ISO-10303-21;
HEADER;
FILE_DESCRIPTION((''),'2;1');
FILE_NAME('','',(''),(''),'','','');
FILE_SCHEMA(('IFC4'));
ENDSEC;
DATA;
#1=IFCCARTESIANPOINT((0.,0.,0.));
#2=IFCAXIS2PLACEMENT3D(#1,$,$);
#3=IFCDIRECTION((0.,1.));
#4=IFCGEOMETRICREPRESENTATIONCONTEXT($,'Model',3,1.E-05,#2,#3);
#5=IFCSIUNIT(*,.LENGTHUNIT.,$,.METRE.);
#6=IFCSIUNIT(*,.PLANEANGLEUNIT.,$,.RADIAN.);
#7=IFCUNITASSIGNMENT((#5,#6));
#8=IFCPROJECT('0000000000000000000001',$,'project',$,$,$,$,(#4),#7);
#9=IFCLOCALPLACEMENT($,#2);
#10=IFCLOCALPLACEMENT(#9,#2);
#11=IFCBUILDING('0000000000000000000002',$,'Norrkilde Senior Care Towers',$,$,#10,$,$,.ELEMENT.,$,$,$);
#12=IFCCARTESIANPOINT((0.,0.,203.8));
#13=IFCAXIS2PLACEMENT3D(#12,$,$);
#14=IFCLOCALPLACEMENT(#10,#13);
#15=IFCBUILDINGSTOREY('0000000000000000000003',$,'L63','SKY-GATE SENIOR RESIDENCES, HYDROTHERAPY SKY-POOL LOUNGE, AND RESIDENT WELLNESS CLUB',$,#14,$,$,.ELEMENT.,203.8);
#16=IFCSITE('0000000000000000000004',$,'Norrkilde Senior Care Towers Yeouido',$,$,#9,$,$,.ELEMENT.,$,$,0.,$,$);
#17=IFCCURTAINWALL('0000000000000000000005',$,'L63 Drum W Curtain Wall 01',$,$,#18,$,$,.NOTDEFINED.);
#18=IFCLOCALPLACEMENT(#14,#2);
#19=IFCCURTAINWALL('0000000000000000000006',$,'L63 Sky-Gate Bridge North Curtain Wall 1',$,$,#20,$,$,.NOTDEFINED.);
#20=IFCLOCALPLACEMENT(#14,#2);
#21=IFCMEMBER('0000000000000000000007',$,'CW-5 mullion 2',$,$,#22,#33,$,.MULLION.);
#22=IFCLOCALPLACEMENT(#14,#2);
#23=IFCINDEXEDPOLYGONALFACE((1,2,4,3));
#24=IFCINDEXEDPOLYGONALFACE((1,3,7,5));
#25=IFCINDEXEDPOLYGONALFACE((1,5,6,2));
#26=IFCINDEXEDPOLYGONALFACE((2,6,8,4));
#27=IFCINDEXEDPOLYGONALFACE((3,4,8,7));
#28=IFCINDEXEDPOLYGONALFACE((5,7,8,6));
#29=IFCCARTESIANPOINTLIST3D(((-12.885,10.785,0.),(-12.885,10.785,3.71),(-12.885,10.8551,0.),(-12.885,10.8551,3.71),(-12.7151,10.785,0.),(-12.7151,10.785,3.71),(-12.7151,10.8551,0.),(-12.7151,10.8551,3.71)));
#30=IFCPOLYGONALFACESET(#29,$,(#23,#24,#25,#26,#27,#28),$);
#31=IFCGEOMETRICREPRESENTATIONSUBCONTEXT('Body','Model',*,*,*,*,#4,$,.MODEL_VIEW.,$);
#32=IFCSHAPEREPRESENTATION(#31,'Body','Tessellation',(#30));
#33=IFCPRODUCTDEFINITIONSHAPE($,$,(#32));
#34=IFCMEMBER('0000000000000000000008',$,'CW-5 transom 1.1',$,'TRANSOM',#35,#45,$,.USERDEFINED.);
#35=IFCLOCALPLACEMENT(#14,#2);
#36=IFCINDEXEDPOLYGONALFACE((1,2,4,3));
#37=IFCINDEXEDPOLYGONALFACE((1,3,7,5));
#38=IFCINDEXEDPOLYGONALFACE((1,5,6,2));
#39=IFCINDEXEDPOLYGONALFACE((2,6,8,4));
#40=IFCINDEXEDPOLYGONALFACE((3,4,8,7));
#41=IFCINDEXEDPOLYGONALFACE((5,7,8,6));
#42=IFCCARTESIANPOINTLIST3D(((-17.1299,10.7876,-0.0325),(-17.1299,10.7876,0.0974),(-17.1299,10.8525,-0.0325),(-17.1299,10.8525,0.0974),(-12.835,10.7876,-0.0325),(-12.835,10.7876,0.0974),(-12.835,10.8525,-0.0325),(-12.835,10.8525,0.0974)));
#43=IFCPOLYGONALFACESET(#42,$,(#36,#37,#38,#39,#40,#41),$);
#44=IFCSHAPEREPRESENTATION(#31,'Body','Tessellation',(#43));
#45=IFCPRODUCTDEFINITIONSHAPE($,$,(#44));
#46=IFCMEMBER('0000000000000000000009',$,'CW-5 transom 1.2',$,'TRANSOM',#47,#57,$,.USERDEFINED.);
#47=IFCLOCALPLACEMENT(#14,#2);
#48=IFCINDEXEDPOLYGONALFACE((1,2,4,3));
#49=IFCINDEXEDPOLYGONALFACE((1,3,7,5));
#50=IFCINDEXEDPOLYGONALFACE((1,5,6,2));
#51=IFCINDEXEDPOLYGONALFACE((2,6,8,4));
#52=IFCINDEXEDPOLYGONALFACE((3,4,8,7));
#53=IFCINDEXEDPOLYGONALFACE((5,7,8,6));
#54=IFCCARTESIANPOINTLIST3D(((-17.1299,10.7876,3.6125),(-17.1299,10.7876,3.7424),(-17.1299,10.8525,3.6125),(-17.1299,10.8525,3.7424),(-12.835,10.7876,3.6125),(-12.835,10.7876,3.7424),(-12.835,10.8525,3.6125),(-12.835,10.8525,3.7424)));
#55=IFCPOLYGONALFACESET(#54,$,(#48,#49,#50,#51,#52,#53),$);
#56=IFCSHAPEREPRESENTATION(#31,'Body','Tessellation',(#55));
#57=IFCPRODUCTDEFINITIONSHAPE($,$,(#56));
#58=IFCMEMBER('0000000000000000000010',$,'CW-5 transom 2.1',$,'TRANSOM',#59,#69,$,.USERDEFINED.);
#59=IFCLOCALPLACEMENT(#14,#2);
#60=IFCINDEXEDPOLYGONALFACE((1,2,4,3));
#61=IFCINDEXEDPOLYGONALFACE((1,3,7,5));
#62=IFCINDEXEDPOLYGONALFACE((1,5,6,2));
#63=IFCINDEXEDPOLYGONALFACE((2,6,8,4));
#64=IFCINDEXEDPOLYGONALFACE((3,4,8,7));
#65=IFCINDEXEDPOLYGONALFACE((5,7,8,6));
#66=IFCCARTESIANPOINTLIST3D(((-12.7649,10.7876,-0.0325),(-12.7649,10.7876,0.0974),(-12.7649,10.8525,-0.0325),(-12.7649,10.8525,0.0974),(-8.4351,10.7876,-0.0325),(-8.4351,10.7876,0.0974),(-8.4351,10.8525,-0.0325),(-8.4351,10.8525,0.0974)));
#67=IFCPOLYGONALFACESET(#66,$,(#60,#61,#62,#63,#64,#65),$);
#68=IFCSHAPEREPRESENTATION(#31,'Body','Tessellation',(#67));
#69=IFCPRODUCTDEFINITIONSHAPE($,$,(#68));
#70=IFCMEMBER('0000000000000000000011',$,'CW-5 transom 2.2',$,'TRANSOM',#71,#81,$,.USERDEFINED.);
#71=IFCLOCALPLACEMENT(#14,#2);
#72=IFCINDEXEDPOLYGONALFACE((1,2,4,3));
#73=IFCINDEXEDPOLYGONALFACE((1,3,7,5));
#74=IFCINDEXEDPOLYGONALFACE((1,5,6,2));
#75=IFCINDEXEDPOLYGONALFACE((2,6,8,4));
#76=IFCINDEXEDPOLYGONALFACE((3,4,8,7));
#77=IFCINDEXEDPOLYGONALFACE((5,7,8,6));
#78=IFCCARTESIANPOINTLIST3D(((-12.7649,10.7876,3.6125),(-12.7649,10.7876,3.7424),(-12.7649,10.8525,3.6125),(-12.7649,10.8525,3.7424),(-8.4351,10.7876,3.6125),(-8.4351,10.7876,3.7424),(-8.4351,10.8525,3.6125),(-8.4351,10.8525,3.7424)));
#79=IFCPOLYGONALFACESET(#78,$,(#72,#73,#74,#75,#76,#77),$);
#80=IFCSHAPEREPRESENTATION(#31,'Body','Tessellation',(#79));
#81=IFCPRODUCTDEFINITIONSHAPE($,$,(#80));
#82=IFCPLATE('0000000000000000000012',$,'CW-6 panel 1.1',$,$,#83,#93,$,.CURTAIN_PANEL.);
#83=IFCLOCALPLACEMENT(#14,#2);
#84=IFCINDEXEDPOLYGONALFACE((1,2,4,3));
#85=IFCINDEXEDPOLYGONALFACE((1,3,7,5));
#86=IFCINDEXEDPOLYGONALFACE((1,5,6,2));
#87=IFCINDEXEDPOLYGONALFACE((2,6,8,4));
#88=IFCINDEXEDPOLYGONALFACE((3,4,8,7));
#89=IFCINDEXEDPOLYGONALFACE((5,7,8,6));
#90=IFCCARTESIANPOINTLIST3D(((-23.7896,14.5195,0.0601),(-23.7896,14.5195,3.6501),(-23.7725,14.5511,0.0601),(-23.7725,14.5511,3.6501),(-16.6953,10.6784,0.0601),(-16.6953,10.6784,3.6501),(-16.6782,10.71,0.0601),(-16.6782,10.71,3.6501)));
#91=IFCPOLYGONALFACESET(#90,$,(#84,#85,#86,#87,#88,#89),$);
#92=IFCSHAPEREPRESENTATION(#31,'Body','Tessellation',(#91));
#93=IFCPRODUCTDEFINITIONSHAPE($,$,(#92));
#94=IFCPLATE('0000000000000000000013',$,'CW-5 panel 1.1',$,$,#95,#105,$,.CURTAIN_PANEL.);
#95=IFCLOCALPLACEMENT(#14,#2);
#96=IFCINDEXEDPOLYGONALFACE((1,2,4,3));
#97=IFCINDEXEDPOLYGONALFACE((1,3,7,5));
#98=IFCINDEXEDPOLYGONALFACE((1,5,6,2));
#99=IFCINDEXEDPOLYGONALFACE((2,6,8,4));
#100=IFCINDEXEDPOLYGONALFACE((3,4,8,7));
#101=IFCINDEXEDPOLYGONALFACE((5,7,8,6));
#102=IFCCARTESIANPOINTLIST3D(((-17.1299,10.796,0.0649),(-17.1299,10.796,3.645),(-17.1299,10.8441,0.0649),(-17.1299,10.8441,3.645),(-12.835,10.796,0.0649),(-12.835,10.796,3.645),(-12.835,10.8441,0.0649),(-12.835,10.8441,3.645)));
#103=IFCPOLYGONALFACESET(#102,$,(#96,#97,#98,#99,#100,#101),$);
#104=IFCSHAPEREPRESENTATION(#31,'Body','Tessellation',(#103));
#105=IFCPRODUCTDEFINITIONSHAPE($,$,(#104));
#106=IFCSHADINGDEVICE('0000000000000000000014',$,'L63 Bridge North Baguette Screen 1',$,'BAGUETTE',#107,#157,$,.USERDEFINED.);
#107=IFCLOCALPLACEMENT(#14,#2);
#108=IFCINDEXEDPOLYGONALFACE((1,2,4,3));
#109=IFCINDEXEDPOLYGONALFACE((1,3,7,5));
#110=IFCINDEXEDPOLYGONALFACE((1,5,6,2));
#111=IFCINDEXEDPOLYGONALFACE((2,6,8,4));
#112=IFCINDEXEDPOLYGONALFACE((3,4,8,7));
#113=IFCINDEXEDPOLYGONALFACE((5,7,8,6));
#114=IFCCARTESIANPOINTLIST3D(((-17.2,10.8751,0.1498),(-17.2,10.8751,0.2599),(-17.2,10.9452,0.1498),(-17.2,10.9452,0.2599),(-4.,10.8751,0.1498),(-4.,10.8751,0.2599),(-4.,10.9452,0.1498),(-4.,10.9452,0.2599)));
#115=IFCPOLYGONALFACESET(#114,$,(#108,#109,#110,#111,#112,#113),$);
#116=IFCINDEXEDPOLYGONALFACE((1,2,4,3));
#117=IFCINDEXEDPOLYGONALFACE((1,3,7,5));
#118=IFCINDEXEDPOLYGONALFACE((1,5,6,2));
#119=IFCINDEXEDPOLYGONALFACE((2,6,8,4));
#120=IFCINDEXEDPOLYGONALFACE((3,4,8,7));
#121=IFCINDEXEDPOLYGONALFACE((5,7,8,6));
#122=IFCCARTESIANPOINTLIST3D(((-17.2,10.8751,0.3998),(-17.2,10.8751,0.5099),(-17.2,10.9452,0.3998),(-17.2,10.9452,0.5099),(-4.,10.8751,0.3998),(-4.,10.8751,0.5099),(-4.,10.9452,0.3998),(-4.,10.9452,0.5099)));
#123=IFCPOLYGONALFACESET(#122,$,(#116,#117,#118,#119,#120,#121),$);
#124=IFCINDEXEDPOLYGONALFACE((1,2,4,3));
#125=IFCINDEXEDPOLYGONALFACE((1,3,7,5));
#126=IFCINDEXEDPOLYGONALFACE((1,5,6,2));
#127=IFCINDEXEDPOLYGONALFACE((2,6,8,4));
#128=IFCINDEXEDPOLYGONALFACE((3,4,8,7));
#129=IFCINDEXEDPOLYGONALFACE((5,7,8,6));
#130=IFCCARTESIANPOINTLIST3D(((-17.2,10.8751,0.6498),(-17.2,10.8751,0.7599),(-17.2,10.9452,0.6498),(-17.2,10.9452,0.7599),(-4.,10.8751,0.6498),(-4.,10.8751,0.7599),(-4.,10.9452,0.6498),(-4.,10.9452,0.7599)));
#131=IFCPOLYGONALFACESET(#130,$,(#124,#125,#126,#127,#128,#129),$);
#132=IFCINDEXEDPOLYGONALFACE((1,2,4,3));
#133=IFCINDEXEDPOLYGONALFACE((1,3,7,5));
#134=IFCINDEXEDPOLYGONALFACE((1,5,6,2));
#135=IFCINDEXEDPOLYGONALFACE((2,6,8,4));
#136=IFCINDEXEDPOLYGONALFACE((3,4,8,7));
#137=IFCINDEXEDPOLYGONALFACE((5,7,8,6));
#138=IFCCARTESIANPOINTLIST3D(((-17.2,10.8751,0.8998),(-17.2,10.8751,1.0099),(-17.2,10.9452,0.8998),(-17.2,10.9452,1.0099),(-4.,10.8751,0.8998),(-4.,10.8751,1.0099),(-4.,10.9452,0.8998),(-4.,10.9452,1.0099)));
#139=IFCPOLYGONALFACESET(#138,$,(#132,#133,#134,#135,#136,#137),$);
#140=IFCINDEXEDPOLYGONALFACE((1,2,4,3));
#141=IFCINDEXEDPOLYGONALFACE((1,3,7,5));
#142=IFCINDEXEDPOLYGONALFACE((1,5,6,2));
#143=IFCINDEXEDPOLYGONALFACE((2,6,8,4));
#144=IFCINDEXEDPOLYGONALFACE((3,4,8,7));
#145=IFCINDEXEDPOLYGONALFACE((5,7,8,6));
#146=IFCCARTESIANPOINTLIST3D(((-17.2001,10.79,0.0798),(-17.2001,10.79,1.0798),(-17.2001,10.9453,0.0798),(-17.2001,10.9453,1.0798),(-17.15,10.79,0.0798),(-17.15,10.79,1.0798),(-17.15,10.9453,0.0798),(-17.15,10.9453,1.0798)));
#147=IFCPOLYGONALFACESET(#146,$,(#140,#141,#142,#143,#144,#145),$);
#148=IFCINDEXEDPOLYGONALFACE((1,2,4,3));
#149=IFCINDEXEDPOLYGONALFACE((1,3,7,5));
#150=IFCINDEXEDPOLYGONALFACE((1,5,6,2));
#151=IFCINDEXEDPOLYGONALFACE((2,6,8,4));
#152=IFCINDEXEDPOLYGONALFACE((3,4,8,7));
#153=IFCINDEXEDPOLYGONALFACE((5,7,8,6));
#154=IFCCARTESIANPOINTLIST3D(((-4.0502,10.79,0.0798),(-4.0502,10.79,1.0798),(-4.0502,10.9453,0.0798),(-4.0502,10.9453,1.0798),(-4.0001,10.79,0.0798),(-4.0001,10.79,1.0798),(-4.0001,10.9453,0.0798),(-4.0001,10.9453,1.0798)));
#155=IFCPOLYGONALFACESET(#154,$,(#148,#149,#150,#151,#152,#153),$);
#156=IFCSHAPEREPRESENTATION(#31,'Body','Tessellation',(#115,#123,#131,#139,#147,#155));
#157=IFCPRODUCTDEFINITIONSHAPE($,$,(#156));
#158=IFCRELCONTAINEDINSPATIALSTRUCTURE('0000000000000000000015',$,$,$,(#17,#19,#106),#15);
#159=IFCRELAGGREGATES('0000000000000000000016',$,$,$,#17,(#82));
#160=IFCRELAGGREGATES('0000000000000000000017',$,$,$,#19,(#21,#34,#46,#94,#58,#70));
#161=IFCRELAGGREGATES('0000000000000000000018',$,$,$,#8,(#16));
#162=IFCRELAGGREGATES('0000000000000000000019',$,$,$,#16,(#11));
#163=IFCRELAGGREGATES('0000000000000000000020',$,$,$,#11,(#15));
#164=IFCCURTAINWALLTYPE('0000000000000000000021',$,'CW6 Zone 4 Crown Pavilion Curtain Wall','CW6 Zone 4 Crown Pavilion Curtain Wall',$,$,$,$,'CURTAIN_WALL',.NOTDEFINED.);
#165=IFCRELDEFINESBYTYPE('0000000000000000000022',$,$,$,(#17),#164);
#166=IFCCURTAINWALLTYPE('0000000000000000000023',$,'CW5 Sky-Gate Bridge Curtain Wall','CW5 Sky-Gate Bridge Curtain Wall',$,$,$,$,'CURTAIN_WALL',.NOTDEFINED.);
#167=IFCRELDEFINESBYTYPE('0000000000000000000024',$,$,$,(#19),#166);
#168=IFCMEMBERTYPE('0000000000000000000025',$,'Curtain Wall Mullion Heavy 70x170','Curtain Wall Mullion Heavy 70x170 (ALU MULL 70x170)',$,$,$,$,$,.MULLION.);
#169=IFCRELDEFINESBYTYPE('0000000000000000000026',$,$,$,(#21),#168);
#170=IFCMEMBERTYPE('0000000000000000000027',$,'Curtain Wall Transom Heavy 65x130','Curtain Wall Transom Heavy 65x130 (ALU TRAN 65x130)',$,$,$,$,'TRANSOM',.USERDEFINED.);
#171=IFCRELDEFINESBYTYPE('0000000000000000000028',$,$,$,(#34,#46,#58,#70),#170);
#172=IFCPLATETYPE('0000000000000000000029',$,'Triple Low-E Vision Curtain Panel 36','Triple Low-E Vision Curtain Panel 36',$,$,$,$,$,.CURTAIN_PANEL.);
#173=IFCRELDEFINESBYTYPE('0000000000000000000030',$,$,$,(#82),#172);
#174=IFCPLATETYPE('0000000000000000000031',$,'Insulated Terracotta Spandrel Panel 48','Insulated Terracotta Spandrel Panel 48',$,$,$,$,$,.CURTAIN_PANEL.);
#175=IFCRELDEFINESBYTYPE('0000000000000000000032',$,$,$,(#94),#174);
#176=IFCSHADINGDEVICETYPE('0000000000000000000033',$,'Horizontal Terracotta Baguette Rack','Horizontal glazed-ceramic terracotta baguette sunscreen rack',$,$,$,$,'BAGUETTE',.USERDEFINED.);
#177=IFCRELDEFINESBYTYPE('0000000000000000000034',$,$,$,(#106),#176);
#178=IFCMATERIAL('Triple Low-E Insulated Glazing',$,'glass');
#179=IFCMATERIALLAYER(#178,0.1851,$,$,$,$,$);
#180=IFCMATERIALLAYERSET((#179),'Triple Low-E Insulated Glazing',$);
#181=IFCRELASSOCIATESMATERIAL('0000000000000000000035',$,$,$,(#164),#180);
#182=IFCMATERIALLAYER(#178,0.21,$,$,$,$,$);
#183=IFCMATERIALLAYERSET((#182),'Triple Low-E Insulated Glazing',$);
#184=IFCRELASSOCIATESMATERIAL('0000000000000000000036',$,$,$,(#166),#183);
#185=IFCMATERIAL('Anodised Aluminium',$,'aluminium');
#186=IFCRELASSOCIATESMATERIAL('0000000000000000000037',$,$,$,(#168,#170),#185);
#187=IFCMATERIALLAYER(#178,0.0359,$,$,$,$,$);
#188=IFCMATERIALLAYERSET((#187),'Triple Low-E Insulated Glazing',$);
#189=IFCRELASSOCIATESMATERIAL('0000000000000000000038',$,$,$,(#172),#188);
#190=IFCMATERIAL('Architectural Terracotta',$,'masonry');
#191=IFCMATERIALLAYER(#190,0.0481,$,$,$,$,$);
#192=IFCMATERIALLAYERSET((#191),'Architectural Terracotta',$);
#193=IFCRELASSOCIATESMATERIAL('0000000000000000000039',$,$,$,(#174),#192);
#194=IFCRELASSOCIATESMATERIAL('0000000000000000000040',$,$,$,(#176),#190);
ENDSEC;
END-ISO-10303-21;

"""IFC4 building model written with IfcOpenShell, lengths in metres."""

from ifc_helpers import new_model, si_unit, direction, frame, origin, origin_2d, place, context, subcontext, project, spatial, rectangle, extrude, source, transform, mapped, material, layer, layer_set, material_profile, profile_set, type_object, type_shapes, element, aggregate, save


model = new_model("IFC4")

# Units and contexts
model_context = context("Model", 3, precision=1e-05, world=origin(), true_north=direction((0.0, 1.0)))
body_context = subcontext(model_context, "Body", "Model", "MODEL_VIEW")
ifc_project = project(units=[si_unit("LENGTHUNIT", "METRE"), si_unit("PLANEANGLEUNIT", "RADIAN")], contexts=[model_context])

# Site, building, storey
site_placement = place(None, origin())
site = spatial("IfcSite", under=ifc_project, at=site_placement, Name="Norrkilde Senior Care Towers Yeouido", CompositionType="ELEMENT", RefElevation=0.0)
building_placement = place(site_placement, origin())
building = spatial("IfcBuilding", under=site, at=building_placement, Name="Norrkilde Senior Care Towers", CompositionType="ELEMENT")
storey_placement = place(building_placement, frame((0.0, 0.0, 203.8)))
storey = spatial("IfcBuildingStorey", under=building, at=storey_placement, Name="L63", Description="SKY-GATE SENIOR RESIDENCES, HYDROTHERAPY SKY-POOL LOUNGE, AND RESIDENT WELLNESS CLUB", CompositionType="ELEMENT", Elevation=203.8)

# Curtain walls, members
ifc_material_1 = material(Name="Triple Low-E Insulated Glazing", Category="glass")
ifc_layer_1 = layer(ifc_material_1, 0.1851)
ifc_layer_set_1 = layer_set([ifc_layer_1], Name="Triple Low-E Insulated Glazing")
curtain_wall_type_1 = type_object("IfcCurtainWallType", Name="CW6 Zone 4 Crown Pavilion Curtain Wall", Description="CW6 Zone 4 Crown Pavilion Curtain Wall", ElementType="CURTAIN_WALL", PredefinedType="NOTDEFINED", material=ifc_layer_set_1)
curtain_wall_1_placement = place(storey_placement, origin())
curtain_wall_1 = element("IfcCurtainWall", 1, at=curtain_wall_1_placement, inside=storey, type_object=curtain_wall_type_1, Name="L63 Drum W Curtain Wall 01", PredefinedType="NOTDEFINED")
ifc_material_2 = material(Name="Anodised Aluminium", Category="aluminium")
ifc_layer_2 = layer(ifc_material_1, 0.21)
ifc_layer_set_2 = layer_set([ifc_layer_2], Name="Triple Low-E Insulated Glazing")
curtain_wall_type_2 = type_object("IfcCurtainWallType", Name="CW5 Sky-Gate Bridge Curtain Wall", Description="CW5 Sky-Gate Bridge Curtain Wall", ElementType="CURTAIN_WALL", PredefinedType="NOTDEFINED", material=ifc_layer_set_2)
curtain_wall_2_placement = place(storey_placement, origin())
curtain_wall_2 = element("IfcCurtainWall", 2, at=curtain_wall_2_placement, inside=storey, type_object=curtain_wall_type_2, Name="L63 Sky-Gate Bridge North Curtain Wall 1", PredefinedType="NOTDEFINED")
ifc_material_profile_1 = material_profile(ifc_material_2, rectangle(XDim=0.0701, YDim=0.1699, at=origin_2d()), Name="ALU MULL 70x170")
ifc_profile_set_1 = profile_set([ifc_material_profile_1], Name="Anodised Aluminium")
member_type_1 = type_object("IfcMemberType", Name="Curtain Wall Mullion Heavy 70x170", Description="Curtain Wall Mullion Heavy 70x170 (ALU MULL 70x170)", PredefinedType="MULLION", material=ifc_profile_set_1)
shared_shape_1 = source(origin(), body_context, "Body", "SweptSolid", [
    extrude(rectangle(XDim=0.0701, YDim=0.1699, at=origin_2d()), origin(), (0.0, 0.0, 1.0), 3.71),
])
type_shapes(member_type_1, [shared_shape_1])
member_1_placement = place(storey_placement, frame((-12.8, 10.8201, 0.0), z_axis=(0.0, 0.0, 1.0), x_axis=(0.0, 1.0, 0.0)))
member_1 = element("IfcMember", 3, at=member_1_placement, type_object=member_type_1, Name="CW-5 mullion 2", PredefinedType="MULLION", context=body_context, shape_type="MappedRepresentation", body=[
    mapped(shared_shape_1, transform((0.0, 0.0, 0.0), x_axis=(1.0, 0.0, 0.0), y_axis=(0.0, 1.0, 0.0), z_axis=(0.0, 0.0, 1.0), scale=1.0)),
])
ifc_material_profile_2 = material_profile(ifc_material_2, rectangle(XDim=0.0649, YDim=0.1299, at=origin_2d()), Name="ALU TRAN 65x130")
ifc_profile_set_2 = profile_set([ifc_material_profile_2], Name="Anodised Aluminium")
member_type_2 = type_object("IfcMemberType", Name="Curtain Wall Transom Heavy 65x130", Description="Curtain Wall Transom Heavy 65x130 (ALU TRAN 65x130)", ElementType="TRANSOM", PredefinedType="USERDEFINED", material=ifc_profile_set_2)
shared_shape_2 = source(origin(), body_context, "Body", "SweptSolid", [
    extrude(rectangle(XDim=0.0649, YDim=0.1299, at=origin_2d()), origin(), (0.0, 0.0, 1.0), 4.2949),
])
member_2_placement = place(storey_placement, frame((-17.1299, 10.8201, 0.0325), z_axis=(1.0, 0.0, 0.0), x_axis=(0.0, 1.0, 0.0)))
member_2 = element("IfcMember", 4, at=member_2_placement, type_object=member_type_2, Name="CW-5 transom 1.1", ObjectType="TRANSOM", PredefinedType="USERDEFINED", context=body_context, shape_type="MappedRepresentation", body=[
    mapped(shared_shape_2, transform((0.0, 0.0, 0.0), x_axis=(1.0, 0.0, 0.0), y_axis=(0.0, 1.0, 0.0), z_axis=(0.0, 0.0, 1.0), scale=1.0)),
])
member_3_placement = place(storey_placement, frame((-17.1299, 10.8201, 3.6775), z_axis=(1.0, 0.0, 0.0), x_axis=(0.0, 1.0, 0.0)))
member_3 = element("IfcMember", 5, at=member_3_placement, type_object=member_type_2, Name="CW-5 transom 1.2", ObjectType="TRANSOM", PredefinedType="USERDEFINED", context=body_context, shape_type="MappedRepresentation", body=[
    mapped(shared_shape_2, transform((0.0, 0.0, 0.0), x_axis=(1.0, 0.0, 0.0), y_axis=(0.0, 1.0, 0.0), z_axis=(0.0, 0.0, 1.0), scale=1.0)),
])
shared_shape_3 = source(origin(), body_context, "Body", "SweptSolid", [
    extrude(rectangle(XDim=0.0649, YDim=0.1299, at=origin_2d()), origin(), (0.0, 0.0, 1.0), 4.3298),
])
type_shapes(member_type_2, [shared_shape_2, shared_shape_3])
member_4_placement = place(storey_placement, frame((-12.7649, 10.8201, 0.0325), z_axis=(1.0, 0.0, 0.0), x_axis=(0.0, 1.0, 0.0)))
member_4 = element("IfcMember", 6, at=member_4_placement, type_object=member_type_2, Name="CW-5 transom 2.1", ObjectType="TRANSOM", PredefinedType="USERDEFINED", context=body_context, shape_type="MappedRepresentation", body=[
    mapped(shared_shape_3, transform((0.0, 0.0, 0.0), x_axis=(1.0, 0.0, 0.0), y_axis=(0.0, 1.0, 0.0), z_axis=(0.0, 0.0, 1.0), scale=1.0)),
])
member_5_placement = place(storey_placement, frame((-12.7649, 10.8201, 3.6775), z_axis=(1.0, 0.0, 0.0), x_axis=(0.0, 1.0, 0.0)))
member_5 = element("IfcMember", 7, at=member_5_placement, type_object=member_type_2, Name="CW-5 transom 2.2", ObjectType="TRANSOM", PredefinedType="USERDEFINED", context=body_context, shape_type="MappedRepresentation", body=[
    mapped(shared_shape_3, transform((0.0, 0.0, 0.0), x_axis=(1.0, 0.0, 0.0), y_axis=(0.0, 1.0, 0.0), z_axis=(0.0, 0.0, 1.0), scale=1.0)),
])

# Plates
ifc_layer_3 = layer(ifc_material_1, 0.0359)
ifc_layer_set_3 = layer_set([ifc_layer_3], Name="Triple Low-E Insulated Glazing")
plate_type_1 = type_object("IfcPlateType", Name="Triple Low-E Vision Curtain Panel 36", Description="Triple Low-E Vision Curtain Panel 36", PredefinedType="CURTAIN_PANEL", material=ifc_layer_set_3)
shared_shape_4 = source(origin(), body_context, "Body", "SweptSolid", [
    extrude(rectangle(XDim=8.0674, YDim=0.0359, at=origin_2d()), origin(), (0.0, 0.0, 1.0), 3.5901),
])
type_shapes(plate_type_1, [shared_shape_4])
plate_1_placement = place(storey_placement, frame((-20.2339, 12.6147, 0.0601), z_axis=(0.0, 0.0, 1.0), x_axis=(0.879373, -0.476133, 0.0)))
plate_1 = element("IfcPlate", 8, at=plate_1_placement, type_object=plate_type_1, Name="CW-6 panel 1.1", PredefinedType="CURTAIN_PANEL", context=body_context, shape_type="MappedRepresentation", body=[
    mapped(shared_shape_4, transform((0.0, 0.0, 0.0), x_axis=(1.0, 0.0, 0.0), y_axis=(0.0, 1.0, 0.0), z_axis=(0.0, 0.0, 1.0), scale=1.0)),
])
aggregate(curtain_wall_1, [plate_1])
ifc_material_3 = material(Name="Architectural Terracotta", Category="masonry")
ifc_layer_4 = layer(ifc_material_3, 0.0481)
ifc_layer_set_4 = layer_set([ifc_layer_4], Name="Architectural Terracotta")
plate_type_2 = type_object("IfcPlateType", Name="Insulated Terracotta Spandrel Panel 48", Description="Insulated Terracotta Spandrel Panel 48", PredefinedType="CURTAIN_PANEL", material=ifc_layer_set_4)
shared_shape_5 = source(origin(), body_context, "Body", "SweptSolid", [
    extrude(rectangle(XDim=4.2949, YDim=0.0481, at=origin_2d()), origin(), (0.0, 0.0, 1.0), 3.5801),
])
type_shapes(plate_type_2, [shared_shape_5])
plate_2_placement = place(storey_placement, frame((-14.9824, 10.8201, 0.0649), z_axis=(0.0, 0.0, 1.0), x_axis=(1.0, 0.0, 0.0)))
plate_2 = element("IfcPlate", 9, at=plate_2_placement, type_object=plate_type_2, Name="CW-5 panel 1.1", PredefinedType="CURTAIN_PANEL", context=body_context, shape_type="MappedRepresentation", body=[
    mapped(shared_shape_5, transform((0.0, 0.0, 0.0), x_axis=(1.0, 0.0, 0.0), y_axis=(0.0, 1.0, 0.0), z_axis=(0.0, 0.0, 1.0), scale=1.0)),
])
aggregate(curtain_wall_2, [member_1, member_2, member_3, plate_2, member_4, member_5])

# Shading device
shading_device_type = type_object("IfcShadingDeviceType", Name="Horizontal Terracotta Baguette Rack", Description="Horizontal glazed-ceramic terracotta baguette sunscreen rack", ElementType="BAGUETTE", PredefinedType="USERDEFINED", material=ifc_material_3)
shared_shape_6 = source(origin(), body_context, "Body", "SweptSolid", [
    extrude(rectangle(XDim=0.0701, YDim=0.1101, at=origin_2d()), frame((0.0, 0.0901, 0.125), z_axis=(1.0, 0.0, 0.0), x_axis=(0.0, 1.0, 0.0)), (0.0, 0.0, 1.0), 13.2),
    extrude(rectangle(XDim=0.0701, YDim=0.1101, at=origin_2d()), frame((0.0, 0.0901, 0.375), z_axis=(1.0, 0.0, 0.0), x_axis=(0.0, 1.0, 0.0)), (0.0, 0.0, 1.0), 13.2),
    extrude(rectangle(XDim=0.0701, YDim=0.1101, at=origin_2d()), frame((0.0, 0.0901, 0.625), z_axis=(1.0, 0.0, 0.0), x_axis=(0.0, 1.0, 0.0)), (0.0, 0.0, 1.0), 13.2),
    extrude(rectangle(XDim=0.0701, YDim=0.1101, at=origin_2d()), frame((0.0, 0.0901, 0.875), z_axis=(1.0, 0.0, 0.0), x_axis=(0.0, 1.0, 0.0)), (0.0, 0.0, 1.0), 13.2),
    extrude(rectangle(XDim=0.05, YDim=0.1553, at=origin_2d()), frame((0.0249, 0.0476, 0.0)), (0.0, 0.0, 1.0), 1.0),
    extrude(rectangle(XDim=0.05, YDim=0.1553, at=origin_2d()), frame((13.1748, 0.0476, 0.0)), (0.0, 0.0, 1.0), 1.0),
])
type_shapes(shading_device_type, [shared_shape_6])
shading_device_placement = place(storey_placement, frame((-17.2, 10.8201, 0.0798), z_axis=(0.0, 0.0, 1.0), x_axis=(1.0, 0.0, 0.0)))
element("IfcShadingDevice", 10, at=shading_device_placement, inside=storey, type_object=shading_device_type, Name="L63 Bridge North Baguette Screen 1", ObjectType="BAGUETTE", PredefinedType="USERDEFINED", context=body_context, shape_type="MappedRepresentation", body=[
    mapped(shared_shape_6, transform((0.0, 0.0, 0.0), x_axis=(1.0, 0.0, 0.0), y_axis=(0.0, 1.0, 0.0), z_axis=(0.0, 0.0, 1.0), scale=1.0)),
])

save(model, "model.ifc")
